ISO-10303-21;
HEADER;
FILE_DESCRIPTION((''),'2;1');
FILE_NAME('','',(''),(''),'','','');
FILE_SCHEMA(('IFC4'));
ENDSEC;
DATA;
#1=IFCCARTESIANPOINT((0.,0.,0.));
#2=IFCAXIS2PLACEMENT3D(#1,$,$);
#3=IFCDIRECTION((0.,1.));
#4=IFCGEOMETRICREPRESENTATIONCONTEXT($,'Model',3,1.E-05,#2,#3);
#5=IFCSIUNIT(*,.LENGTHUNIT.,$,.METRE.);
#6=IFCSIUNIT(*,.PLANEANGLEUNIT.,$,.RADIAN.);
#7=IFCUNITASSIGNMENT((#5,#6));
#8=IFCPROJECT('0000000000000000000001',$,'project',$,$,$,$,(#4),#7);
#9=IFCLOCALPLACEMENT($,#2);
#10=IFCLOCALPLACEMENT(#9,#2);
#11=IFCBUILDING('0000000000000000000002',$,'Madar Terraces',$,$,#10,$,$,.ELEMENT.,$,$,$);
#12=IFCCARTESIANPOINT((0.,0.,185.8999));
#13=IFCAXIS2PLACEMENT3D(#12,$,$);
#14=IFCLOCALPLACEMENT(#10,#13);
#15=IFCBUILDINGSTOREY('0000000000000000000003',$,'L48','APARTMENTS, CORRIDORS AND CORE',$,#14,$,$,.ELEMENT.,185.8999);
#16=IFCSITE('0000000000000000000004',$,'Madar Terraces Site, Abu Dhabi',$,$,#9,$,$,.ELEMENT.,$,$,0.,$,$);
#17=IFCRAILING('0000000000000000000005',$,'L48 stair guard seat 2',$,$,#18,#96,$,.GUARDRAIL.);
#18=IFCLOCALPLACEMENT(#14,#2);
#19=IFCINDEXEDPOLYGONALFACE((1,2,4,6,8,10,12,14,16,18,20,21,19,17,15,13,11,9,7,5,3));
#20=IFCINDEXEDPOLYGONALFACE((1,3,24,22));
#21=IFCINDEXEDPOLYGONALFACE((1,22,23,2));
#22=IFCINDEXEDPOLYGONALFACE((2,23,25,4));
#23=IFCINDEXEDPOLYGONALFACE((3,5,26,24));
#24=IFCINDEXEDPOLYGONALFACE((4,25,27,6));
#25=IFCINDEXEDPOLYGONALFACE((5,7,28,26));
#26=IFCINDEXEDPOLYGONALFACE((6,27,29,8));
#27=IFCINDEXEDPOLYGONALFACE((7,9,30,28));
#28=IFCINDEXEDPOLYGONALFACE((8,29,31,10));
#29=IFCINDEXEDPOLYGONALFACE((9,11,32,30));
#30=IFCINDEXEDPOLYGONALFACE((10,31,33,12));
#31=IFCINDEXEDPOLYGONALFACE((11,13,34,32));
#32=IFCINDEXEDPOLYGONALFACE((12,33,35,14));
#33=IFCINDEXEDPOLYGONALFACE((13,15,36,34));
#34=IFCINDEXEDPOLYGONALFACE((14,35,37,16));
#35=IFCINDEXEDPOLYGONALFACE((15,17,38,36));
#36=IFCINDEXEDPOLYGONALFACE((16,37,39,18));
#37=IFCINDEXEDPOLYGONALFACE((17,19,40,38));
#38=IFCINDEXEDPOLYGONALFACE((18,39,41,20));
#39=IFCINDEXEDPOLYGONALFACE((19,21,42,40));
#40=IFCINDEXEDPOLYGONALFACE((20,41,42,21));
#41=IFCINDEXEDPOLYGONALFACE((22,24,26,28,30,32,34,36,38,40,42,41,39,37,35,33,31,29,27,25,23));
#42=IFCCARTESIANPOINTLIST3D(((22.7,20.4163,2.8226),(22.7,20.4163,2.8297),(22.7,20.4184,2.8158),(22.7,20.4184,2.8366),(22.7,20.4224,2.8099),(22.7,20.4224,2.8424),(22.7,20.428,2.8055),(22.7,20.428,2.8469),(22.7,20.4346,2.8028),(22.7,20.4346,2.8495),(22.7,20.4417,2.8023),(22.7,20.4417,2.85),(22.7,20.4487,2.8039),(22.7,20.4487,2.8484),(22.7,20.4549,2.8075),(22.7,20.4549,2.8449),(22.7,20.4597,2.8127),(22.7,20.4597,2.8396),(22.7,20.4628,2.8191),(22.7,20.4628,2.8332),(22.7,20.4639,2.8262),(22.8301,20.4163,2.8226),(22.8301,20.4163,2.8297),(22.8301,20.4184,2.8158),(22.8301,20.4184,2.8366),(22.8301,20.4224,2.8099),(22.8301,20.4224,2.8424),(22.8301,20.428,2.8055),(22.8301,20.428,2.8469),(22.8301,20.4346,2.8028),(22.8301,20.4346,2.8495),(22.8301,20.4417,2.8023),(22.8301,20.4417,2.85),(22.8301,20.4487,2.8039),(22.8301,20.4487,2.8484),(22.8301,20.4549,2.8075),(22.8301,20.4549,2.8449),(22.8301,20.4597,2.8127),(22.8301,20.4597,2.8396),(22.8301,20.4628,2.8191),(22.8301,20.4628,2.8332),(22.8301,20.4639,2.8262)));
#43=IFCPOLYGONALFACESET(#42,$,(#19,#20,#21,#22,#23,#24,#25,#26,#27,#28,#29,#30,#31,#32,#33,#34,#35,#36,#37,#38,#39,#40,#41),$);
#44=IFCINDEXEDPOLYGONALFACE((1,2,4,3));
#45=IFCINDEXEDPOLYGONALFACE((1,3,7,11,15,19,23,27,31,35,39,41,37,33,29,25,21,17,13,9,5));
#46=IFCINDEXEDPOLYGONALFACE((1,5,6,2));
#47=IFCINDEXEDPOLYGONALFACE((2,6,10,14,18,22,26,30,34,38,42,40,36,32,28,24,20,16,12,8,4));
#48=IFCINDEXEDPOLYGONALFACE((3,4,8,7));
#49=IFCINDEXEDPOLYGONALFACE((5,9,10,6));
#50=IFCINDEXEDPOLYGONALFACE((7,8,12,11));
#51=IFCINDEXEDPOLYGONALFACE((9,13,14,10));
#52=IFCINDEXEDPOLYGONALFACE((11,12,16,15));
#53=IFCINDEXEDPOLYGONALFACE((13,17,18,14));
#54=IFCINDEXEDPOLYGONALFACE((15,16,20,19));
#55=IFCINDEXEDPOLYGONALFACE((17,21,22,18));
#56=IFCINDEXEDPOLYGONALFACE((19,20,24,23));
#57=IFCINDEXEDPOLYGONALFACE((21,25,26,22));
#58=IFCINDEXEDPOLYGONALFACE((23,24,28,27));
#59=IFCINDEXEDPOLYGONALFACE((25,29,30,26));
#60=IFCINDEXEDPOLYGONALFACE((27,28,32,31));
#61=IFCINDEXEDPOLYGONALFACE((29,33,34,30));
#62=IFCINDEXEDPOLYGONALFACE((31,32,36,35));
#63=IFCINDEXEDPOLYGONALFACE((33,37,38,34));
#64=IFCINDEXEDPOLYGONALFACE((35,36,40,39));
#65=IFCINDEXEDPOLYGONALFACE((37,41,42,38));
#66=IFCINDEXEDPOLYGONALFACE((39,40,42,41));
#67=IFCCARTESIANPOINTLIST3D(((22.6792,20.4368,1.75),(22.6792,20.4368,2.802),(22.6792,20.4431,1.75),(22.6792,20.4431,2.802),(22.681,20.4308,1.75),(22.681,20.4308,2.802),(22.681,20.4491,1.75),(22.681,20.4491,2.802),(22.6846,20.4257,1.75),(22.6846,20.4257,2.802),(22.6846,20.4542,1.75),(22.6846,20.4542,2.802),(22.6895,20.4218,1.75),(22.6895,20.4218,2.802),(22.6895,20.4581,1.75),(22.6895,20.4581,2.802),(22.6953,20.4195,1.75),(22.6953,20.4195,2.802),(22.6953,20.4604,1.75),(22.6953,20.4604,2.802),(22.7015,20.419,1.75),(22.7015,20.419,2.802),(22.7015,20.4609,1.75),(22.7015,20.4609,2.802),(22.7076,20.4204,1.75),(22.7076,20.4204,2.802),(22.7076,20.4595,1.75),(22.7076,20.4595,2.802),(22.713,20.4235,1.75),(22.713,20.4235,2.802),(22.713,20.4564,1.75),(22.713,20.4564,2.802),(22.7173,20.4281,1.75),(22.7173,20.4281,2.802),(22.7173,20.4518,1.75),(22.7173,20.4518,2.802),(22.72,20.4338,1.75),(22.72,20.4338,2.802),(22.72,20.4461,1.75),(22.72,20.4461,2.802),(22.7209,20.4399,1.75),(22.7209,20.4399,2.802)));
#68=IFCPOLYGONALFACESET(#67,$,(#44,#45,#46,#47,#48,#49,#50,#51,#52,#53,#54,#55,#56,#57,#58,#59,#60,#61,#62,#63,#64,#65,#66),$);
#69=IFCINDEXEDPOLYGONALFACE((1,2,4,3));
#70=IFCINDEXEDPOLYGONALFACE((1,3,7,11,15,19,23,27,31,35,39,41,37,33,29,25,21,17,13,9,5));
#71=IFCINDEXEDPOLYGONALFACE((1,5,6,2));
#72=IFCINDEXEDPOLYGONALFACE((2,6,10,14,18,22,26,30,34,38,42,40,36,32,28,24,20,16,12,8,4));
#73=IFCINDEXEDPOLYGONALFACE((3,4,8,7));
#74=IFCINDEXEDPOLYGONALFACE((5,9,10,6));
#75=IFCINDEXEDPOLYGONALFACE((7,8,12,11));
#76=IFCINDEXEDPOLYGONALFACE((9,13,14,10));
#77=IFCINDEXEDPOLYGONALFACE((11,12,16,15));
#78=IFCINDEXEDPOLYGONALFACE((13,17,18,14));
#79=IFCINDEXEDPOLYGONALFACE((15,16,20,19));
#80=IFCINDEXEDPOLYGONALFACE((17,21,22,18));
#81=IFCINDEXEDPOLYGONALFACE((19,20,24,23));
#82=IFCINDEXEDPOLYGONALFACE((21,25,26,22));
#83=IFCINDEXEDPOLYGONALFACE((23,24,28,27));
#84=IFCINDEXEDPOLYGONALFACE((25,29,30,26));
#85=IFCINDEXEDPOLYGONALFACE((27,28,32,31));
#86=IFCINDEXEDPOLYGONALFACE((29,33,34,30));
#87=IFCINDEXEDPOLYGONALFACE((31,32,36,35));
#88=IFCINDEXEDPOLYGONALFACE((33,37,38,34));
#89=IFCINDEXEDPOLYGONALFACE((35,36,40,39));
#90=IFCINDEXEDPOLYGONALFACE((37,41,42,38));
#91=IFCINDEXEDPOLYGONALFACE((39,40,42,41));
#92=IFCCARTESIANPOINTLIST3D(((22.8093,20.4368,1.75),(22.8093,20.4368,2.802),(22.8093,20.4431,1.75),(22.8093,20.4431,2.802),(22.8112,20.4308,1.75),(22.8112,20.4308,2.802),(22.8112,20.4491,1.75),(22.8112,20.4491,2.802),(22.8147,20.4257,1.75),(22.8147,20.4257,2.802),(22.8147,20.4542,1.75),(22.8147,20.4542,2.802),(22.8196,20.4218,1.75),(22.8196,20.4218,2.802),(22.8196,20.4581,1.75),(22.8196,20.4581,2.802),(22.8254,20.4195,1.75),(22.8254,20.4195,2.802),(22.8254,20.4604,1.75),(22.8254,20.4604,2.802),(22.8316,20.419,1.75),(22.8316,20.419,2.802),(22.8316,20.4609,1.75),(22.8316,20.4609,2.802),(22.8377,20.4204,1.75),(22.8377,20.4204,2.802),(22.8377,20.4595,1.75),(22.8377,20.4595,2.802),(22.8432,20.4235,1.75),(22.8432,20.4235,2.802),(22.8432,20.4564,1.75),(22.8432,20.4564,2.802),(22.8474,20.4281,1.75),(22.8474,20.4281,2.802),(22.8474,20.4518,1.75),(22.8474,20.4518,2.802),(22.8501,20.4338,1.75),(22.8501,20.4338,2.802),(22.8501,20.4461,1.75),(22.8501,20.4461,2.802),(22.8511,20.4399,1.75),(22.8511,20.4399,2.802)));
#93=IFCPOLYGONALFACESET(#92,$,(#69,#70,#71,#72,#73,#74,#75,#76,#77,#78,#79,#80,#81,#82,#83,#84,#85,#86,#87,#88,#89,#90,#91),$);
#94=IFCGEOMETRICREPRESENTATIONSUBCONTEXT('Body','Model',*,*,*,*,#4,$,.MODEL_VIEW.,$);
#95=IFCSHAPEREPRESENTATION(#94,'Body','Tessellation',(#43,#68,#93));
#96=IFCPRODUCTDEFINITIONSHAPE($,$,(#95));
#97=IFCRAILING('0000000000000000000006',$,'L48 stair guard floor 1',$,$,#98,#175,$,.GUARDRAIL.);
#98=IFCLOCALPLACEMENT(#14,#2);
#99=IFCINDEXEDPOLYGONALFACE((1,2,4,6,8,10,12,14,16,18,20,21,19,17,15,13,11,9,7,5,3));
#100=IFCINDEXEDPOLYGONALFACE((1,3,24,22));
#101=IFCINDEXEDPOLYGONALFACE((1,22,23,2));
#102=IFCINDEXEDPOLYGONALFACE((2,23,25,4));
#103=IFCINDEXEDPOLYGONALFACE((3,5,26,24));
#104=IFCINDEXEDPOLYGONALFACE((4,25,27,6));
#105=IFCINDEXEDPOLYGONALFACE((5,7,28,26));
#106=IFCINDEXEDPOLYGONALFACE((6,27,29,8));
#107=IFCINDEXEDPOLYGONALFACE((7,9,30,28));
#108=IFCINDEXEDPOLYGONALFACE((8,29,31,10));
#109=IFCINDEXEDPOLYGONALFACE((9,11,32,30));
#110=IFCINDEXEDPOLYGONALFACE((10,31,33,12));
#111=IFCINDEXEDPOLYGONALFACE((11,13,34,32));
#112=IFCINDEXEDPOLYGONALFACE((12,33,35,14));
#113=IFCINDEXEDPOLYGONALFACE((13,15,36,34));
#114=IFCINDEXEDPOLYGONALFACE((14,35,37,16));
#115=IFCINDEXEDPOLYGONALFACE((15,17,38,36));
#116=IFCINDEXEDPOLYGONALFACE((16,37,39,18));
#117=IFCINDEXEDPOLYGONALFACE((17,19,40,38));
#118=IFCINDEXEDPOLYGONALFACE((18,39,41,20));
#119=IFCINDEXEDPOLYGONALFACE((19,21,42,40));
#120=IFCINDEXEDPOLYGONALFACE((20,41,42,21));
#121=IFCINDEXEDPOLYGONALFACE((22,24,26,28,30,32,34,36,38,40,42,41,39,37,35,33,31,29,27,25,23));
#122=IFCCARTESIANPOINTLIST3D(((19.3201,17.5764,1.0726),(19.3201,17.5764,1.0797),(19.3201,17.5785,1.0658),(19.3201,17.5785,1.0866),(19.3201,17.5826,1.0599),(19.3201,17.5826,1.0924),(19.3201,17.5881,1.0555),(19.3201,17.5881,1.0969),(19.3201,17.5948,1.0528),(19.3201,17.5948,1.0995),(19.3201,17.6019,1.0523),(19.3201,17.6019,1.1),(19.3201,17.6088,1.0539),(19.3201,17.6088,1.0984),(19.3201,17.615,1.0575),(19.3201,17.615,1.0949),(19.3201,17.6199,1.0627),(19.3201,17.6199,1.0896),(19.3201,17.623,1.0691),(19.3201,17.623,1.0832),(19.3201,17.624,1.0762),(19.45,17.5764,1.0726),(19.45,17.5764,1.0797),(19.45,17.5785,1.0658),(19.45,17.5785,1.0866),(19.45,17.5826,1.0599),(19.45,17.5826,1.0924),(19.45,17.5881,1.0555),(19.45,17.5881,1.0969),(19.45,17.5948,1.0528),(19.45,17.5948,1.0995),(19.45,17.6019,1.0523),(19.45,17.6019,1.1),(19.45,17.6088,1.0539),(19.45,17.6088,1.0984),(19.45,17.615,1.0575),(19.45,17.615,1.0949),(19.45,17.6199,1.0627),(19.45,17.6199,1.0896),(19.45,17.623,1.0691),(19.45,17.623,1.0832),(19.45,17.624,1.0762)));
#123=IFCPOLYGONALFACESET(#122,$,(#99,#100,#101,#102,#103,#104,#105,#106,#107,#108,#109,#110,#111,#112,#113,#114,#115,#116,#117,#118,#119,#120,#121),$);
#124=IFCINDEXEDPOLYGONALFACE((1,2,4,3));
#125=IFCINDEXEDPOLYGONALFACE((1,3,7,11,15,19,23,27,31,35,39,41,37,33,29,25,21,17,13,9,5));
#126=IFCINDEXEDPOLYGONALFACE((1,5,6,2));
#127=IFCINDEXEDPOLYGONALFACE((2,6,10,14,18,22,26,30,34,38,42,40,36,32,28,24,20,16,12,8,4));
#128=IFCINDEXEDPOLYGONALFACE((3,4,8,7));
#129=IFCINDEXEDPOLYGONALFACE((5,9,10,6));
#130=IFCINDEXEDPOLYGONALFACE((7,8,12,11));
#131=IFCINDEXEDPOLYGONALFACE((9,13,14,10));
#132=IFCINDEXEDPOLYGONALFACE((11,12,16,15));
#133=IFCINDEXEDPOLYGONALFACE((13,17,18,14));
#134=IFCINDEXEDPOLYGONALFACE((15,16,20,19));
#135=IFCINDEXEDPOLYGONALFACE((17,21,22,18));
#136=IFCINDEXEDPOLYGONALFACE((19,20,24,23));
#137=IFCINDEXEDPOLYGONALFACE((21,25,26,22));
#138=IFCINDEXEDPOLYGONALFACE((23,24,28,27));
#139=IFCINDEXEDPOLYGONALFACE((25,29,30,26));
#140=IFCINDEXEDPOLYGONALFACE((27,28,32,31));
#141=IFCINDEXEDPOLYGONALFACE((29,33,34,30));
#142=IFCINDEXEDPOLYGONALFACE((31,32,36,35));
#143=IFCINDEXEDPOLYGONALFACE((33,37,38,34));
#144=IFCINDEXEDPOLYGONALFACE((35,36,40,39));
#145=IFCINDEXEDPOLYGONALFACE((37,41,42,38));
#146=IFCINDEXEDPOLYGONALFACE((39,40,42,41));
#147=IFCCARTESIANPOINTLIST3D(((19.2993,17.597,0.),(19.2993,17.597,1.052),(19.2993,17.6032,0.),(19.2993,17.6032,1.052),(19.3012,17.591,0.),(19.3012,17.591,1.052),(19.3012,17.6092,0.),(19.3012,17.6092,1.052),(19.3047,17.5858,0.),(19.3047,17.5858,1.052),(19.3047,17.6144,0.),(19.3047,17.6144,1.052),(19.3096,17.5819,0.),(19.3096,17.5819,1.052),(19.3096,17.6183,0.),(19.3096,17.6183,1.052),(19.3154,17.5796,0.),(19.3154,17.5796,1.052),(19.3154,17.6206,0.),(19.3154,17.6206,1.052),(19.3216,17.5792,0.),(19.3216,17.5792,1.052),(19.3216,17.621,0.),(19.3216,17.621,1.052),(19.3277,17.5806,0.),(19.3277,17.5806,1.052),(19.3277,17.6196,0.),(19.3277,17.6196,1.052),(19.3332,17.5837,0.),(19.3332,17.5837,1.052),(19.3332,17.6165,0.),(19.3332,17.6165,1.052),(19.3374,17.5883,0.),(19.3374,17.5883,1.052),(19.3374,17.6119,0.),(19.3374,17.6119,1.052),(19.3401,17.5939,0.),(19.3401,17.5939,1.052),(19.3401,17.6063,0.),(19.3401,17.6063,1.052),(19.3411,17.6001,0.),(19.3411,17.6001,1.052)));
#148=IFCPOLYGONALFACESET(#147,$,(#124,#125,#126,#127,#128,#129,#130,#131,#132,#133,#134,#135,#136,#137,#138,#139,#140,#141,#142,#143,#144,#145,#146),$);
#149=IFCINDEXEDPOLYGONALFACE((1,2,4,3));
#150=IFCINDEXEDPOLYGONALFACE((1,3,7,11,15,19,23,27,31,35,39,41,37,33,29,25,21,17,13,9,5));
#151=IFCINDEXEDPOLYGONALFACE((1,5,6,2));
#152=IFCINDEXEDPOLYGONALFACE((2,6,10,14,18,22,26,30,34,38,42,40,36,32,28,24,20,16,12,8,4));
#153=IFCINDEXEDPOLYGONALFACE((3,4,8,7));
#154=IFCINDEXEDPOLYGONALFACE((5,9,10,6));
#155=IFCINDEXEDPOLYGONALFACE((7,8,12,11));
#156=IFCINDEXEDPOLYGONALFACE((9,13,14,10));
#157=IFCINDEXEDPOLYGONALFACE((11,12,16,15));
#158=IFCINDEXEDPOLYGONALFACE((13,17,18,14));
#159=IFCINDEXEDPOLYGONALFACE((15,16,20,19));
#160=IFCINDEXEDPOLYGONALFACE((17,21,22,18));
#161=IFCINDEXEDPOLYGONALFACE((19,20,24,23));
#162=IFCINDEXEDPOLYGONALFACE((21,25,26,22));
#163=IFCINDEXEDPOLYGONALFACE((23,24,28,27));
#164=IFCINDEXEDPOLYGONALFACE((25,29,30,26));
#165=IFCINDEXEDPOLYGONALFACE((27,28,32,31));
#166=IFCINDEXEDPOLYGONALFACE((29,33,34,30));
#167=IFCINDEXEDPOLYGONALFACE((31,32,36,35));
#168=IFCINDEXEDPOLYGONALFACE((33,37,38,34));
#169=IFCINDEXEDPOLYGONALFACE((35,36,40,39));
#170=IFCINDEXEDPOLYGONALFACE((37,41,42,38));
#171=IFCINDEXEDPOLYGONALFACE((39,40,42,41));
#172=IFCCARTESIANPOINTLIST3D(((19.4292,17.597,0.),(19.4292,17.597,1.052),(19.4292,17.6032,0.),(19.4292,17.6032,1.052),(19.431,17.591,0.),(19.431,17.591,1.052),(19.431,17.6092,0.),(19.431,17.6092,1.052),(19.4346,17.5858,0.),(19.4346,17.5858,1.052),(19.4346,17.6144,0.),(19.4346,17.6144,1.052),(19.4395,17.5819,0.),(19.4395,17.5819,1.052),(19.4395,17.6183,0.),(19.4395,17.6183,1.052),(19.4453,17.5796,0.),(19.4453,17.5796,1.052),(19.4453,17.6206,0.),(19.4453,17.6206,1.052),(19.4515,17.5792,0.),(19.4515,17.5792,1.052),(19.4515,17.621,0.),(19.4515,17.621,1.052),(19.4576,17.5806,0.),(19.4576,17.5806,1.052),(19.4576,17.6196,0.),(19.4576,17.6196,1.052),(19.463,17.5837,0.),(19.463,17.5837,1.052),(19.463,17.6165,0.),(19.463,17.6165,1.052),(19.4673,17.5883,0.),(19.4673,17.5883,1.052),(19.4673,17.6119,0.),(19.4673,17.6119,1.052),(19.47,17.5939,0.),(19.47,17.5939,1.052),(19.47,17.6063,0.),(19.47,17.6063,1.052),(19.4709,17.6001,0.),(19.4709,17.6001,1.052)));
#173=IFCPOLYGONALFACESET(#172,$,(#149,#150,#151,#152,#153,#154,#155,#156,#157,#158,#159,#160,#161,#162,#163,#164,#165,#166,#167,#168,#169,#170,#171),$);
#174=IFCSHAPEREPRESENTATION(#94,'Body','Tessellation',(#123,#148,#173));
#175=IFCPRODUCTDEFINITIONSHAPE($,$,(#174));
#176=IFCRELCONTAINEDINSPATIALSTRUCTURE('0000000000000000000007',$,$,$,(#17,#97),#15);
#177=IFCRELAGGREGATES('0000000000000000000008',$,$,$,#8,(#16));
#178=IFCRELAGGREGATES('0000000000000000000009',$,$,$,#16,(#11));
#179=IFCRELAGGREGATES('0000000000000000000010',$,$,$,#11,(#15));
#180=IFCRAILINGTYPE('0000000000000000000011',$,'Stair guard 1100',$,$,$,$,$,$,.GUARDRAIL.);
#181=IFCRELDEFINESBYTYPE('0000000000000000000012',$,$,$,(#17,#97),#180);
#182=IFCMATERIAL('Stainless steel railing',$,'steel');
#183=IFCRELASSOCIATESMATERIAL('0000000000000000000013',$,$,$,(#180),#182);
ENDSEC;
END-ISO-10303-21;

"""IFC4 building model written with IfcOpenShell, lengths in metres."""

from ifc_helpers import new_model, si_unit, direction, frame, origin, origin_2d, place, context, subcontext, project, spatial, circle, extrude, material, type_object, element, save


model = new_model("IFC4")

# Units and contexts
model_context = context("Model", 3, precision=1e-05, world=origin(), true_north=direction((0.0, 1.0)))
body_context = subcontext(model_context, "Body", "Model", "MODEL_VIEW")
ifc_project = project(units=[si_unit("LENGTHUNIT", "METRE"), si_unit("PLANEANGLEUNIT", "RADIAN")], contexts=[model_context])

# Site, building, storey
site_placement = place(None, origin())
site = spatial("IfcSite", under=ifc_project, at=site_placement, Name="Madar Terraces Site, Abu Dhabi", CompositionType="ELEMENT", RefElevation=0.0)
building_placement = place(site_placement, origin())
building = spatial("IfcBuilding", under=site, at=building_placement, Name="Madar Terraces", CompositionType="ELEMENT")
storey_placement = place(building_placement, frame((0.0, 0.0, 185.8999)))
storey = spatial("IfcBuildingStorey", under=building, at=storey_placement, Name="L48", Description="APARTMENTS, CORRIDORS AND CORE", CompositionType="ELEMENT", Elevation=185.8999)

# Railings
ifc_material_1 = material(Name="Stainless steel railing", Category="steel")
railing_type_1 = type_object("IfcRailingType", Name="Stair guard 1100", PredefinedType="GUARDRAIL", material=ifc_material_1)
railing_1_placement = place(storey_placement, frame((22.7, 20.4399, 1.75)))
element("IfcRailing", 1, at=railing_1_placement, inside=storey, type_object=railing_type_1, Name="L48 stair guard seat 2", PredefinedType="GUARDRAIL", context=body_context, shape_type="SweptSolid", body=[
    extrude(circle(Radius=0.0239, at=origin_2d()), frame((0.0, 0.0, 1.0762), z_axis=(1.0, 0.0, 0.0), x_axis=(0.0, 1.0, 0.0)), (0.0, 0.0, 1.0), 0.1301),
    extrude(circle(Radius=0.021, at=origin_2d()), origin(), (0.0, 0.0, 1.0), 1.052),
    extrude(circle(Radius=0.021, at=origin_2d()), frame((0.1301, 0.0, 0.0)), (0.0, 0.0, 1.0), 1.052),
])
railing_2_placement = place(storey_placement, frame((19.3201, 17.6001, 0.0)))
element("IfcRailing", 2, at=railing_2_placement, inside=storey, type_object=railing_type_1, Name="L48 stair guard floor 1", PredefinedType="GUARDRAIL", context=body_context, shape_type="SweptSolid", body=[
    extrude(circle(Radius=0.0239, at=origin_2d()), frame((0.0, 0.0, 1.0762), z_axis=(1.0, 0.0, 0.0), x_axis=(0.0, 1.0, 0.0)), (0.0, 0.0, 1.0), 0.1299),
    extrude(circle(Radius=0.021, at=origin_2d()), origin(), (0.0, 0.0, 1.0), 1.052),
    extrude(circle(Radius=0.021, at=origin_2d()), frame((0.1299, 0.0, 0.0)), (0.0, 0.0, 1.0), 1.052),
])

save(model, "model.ifc")
